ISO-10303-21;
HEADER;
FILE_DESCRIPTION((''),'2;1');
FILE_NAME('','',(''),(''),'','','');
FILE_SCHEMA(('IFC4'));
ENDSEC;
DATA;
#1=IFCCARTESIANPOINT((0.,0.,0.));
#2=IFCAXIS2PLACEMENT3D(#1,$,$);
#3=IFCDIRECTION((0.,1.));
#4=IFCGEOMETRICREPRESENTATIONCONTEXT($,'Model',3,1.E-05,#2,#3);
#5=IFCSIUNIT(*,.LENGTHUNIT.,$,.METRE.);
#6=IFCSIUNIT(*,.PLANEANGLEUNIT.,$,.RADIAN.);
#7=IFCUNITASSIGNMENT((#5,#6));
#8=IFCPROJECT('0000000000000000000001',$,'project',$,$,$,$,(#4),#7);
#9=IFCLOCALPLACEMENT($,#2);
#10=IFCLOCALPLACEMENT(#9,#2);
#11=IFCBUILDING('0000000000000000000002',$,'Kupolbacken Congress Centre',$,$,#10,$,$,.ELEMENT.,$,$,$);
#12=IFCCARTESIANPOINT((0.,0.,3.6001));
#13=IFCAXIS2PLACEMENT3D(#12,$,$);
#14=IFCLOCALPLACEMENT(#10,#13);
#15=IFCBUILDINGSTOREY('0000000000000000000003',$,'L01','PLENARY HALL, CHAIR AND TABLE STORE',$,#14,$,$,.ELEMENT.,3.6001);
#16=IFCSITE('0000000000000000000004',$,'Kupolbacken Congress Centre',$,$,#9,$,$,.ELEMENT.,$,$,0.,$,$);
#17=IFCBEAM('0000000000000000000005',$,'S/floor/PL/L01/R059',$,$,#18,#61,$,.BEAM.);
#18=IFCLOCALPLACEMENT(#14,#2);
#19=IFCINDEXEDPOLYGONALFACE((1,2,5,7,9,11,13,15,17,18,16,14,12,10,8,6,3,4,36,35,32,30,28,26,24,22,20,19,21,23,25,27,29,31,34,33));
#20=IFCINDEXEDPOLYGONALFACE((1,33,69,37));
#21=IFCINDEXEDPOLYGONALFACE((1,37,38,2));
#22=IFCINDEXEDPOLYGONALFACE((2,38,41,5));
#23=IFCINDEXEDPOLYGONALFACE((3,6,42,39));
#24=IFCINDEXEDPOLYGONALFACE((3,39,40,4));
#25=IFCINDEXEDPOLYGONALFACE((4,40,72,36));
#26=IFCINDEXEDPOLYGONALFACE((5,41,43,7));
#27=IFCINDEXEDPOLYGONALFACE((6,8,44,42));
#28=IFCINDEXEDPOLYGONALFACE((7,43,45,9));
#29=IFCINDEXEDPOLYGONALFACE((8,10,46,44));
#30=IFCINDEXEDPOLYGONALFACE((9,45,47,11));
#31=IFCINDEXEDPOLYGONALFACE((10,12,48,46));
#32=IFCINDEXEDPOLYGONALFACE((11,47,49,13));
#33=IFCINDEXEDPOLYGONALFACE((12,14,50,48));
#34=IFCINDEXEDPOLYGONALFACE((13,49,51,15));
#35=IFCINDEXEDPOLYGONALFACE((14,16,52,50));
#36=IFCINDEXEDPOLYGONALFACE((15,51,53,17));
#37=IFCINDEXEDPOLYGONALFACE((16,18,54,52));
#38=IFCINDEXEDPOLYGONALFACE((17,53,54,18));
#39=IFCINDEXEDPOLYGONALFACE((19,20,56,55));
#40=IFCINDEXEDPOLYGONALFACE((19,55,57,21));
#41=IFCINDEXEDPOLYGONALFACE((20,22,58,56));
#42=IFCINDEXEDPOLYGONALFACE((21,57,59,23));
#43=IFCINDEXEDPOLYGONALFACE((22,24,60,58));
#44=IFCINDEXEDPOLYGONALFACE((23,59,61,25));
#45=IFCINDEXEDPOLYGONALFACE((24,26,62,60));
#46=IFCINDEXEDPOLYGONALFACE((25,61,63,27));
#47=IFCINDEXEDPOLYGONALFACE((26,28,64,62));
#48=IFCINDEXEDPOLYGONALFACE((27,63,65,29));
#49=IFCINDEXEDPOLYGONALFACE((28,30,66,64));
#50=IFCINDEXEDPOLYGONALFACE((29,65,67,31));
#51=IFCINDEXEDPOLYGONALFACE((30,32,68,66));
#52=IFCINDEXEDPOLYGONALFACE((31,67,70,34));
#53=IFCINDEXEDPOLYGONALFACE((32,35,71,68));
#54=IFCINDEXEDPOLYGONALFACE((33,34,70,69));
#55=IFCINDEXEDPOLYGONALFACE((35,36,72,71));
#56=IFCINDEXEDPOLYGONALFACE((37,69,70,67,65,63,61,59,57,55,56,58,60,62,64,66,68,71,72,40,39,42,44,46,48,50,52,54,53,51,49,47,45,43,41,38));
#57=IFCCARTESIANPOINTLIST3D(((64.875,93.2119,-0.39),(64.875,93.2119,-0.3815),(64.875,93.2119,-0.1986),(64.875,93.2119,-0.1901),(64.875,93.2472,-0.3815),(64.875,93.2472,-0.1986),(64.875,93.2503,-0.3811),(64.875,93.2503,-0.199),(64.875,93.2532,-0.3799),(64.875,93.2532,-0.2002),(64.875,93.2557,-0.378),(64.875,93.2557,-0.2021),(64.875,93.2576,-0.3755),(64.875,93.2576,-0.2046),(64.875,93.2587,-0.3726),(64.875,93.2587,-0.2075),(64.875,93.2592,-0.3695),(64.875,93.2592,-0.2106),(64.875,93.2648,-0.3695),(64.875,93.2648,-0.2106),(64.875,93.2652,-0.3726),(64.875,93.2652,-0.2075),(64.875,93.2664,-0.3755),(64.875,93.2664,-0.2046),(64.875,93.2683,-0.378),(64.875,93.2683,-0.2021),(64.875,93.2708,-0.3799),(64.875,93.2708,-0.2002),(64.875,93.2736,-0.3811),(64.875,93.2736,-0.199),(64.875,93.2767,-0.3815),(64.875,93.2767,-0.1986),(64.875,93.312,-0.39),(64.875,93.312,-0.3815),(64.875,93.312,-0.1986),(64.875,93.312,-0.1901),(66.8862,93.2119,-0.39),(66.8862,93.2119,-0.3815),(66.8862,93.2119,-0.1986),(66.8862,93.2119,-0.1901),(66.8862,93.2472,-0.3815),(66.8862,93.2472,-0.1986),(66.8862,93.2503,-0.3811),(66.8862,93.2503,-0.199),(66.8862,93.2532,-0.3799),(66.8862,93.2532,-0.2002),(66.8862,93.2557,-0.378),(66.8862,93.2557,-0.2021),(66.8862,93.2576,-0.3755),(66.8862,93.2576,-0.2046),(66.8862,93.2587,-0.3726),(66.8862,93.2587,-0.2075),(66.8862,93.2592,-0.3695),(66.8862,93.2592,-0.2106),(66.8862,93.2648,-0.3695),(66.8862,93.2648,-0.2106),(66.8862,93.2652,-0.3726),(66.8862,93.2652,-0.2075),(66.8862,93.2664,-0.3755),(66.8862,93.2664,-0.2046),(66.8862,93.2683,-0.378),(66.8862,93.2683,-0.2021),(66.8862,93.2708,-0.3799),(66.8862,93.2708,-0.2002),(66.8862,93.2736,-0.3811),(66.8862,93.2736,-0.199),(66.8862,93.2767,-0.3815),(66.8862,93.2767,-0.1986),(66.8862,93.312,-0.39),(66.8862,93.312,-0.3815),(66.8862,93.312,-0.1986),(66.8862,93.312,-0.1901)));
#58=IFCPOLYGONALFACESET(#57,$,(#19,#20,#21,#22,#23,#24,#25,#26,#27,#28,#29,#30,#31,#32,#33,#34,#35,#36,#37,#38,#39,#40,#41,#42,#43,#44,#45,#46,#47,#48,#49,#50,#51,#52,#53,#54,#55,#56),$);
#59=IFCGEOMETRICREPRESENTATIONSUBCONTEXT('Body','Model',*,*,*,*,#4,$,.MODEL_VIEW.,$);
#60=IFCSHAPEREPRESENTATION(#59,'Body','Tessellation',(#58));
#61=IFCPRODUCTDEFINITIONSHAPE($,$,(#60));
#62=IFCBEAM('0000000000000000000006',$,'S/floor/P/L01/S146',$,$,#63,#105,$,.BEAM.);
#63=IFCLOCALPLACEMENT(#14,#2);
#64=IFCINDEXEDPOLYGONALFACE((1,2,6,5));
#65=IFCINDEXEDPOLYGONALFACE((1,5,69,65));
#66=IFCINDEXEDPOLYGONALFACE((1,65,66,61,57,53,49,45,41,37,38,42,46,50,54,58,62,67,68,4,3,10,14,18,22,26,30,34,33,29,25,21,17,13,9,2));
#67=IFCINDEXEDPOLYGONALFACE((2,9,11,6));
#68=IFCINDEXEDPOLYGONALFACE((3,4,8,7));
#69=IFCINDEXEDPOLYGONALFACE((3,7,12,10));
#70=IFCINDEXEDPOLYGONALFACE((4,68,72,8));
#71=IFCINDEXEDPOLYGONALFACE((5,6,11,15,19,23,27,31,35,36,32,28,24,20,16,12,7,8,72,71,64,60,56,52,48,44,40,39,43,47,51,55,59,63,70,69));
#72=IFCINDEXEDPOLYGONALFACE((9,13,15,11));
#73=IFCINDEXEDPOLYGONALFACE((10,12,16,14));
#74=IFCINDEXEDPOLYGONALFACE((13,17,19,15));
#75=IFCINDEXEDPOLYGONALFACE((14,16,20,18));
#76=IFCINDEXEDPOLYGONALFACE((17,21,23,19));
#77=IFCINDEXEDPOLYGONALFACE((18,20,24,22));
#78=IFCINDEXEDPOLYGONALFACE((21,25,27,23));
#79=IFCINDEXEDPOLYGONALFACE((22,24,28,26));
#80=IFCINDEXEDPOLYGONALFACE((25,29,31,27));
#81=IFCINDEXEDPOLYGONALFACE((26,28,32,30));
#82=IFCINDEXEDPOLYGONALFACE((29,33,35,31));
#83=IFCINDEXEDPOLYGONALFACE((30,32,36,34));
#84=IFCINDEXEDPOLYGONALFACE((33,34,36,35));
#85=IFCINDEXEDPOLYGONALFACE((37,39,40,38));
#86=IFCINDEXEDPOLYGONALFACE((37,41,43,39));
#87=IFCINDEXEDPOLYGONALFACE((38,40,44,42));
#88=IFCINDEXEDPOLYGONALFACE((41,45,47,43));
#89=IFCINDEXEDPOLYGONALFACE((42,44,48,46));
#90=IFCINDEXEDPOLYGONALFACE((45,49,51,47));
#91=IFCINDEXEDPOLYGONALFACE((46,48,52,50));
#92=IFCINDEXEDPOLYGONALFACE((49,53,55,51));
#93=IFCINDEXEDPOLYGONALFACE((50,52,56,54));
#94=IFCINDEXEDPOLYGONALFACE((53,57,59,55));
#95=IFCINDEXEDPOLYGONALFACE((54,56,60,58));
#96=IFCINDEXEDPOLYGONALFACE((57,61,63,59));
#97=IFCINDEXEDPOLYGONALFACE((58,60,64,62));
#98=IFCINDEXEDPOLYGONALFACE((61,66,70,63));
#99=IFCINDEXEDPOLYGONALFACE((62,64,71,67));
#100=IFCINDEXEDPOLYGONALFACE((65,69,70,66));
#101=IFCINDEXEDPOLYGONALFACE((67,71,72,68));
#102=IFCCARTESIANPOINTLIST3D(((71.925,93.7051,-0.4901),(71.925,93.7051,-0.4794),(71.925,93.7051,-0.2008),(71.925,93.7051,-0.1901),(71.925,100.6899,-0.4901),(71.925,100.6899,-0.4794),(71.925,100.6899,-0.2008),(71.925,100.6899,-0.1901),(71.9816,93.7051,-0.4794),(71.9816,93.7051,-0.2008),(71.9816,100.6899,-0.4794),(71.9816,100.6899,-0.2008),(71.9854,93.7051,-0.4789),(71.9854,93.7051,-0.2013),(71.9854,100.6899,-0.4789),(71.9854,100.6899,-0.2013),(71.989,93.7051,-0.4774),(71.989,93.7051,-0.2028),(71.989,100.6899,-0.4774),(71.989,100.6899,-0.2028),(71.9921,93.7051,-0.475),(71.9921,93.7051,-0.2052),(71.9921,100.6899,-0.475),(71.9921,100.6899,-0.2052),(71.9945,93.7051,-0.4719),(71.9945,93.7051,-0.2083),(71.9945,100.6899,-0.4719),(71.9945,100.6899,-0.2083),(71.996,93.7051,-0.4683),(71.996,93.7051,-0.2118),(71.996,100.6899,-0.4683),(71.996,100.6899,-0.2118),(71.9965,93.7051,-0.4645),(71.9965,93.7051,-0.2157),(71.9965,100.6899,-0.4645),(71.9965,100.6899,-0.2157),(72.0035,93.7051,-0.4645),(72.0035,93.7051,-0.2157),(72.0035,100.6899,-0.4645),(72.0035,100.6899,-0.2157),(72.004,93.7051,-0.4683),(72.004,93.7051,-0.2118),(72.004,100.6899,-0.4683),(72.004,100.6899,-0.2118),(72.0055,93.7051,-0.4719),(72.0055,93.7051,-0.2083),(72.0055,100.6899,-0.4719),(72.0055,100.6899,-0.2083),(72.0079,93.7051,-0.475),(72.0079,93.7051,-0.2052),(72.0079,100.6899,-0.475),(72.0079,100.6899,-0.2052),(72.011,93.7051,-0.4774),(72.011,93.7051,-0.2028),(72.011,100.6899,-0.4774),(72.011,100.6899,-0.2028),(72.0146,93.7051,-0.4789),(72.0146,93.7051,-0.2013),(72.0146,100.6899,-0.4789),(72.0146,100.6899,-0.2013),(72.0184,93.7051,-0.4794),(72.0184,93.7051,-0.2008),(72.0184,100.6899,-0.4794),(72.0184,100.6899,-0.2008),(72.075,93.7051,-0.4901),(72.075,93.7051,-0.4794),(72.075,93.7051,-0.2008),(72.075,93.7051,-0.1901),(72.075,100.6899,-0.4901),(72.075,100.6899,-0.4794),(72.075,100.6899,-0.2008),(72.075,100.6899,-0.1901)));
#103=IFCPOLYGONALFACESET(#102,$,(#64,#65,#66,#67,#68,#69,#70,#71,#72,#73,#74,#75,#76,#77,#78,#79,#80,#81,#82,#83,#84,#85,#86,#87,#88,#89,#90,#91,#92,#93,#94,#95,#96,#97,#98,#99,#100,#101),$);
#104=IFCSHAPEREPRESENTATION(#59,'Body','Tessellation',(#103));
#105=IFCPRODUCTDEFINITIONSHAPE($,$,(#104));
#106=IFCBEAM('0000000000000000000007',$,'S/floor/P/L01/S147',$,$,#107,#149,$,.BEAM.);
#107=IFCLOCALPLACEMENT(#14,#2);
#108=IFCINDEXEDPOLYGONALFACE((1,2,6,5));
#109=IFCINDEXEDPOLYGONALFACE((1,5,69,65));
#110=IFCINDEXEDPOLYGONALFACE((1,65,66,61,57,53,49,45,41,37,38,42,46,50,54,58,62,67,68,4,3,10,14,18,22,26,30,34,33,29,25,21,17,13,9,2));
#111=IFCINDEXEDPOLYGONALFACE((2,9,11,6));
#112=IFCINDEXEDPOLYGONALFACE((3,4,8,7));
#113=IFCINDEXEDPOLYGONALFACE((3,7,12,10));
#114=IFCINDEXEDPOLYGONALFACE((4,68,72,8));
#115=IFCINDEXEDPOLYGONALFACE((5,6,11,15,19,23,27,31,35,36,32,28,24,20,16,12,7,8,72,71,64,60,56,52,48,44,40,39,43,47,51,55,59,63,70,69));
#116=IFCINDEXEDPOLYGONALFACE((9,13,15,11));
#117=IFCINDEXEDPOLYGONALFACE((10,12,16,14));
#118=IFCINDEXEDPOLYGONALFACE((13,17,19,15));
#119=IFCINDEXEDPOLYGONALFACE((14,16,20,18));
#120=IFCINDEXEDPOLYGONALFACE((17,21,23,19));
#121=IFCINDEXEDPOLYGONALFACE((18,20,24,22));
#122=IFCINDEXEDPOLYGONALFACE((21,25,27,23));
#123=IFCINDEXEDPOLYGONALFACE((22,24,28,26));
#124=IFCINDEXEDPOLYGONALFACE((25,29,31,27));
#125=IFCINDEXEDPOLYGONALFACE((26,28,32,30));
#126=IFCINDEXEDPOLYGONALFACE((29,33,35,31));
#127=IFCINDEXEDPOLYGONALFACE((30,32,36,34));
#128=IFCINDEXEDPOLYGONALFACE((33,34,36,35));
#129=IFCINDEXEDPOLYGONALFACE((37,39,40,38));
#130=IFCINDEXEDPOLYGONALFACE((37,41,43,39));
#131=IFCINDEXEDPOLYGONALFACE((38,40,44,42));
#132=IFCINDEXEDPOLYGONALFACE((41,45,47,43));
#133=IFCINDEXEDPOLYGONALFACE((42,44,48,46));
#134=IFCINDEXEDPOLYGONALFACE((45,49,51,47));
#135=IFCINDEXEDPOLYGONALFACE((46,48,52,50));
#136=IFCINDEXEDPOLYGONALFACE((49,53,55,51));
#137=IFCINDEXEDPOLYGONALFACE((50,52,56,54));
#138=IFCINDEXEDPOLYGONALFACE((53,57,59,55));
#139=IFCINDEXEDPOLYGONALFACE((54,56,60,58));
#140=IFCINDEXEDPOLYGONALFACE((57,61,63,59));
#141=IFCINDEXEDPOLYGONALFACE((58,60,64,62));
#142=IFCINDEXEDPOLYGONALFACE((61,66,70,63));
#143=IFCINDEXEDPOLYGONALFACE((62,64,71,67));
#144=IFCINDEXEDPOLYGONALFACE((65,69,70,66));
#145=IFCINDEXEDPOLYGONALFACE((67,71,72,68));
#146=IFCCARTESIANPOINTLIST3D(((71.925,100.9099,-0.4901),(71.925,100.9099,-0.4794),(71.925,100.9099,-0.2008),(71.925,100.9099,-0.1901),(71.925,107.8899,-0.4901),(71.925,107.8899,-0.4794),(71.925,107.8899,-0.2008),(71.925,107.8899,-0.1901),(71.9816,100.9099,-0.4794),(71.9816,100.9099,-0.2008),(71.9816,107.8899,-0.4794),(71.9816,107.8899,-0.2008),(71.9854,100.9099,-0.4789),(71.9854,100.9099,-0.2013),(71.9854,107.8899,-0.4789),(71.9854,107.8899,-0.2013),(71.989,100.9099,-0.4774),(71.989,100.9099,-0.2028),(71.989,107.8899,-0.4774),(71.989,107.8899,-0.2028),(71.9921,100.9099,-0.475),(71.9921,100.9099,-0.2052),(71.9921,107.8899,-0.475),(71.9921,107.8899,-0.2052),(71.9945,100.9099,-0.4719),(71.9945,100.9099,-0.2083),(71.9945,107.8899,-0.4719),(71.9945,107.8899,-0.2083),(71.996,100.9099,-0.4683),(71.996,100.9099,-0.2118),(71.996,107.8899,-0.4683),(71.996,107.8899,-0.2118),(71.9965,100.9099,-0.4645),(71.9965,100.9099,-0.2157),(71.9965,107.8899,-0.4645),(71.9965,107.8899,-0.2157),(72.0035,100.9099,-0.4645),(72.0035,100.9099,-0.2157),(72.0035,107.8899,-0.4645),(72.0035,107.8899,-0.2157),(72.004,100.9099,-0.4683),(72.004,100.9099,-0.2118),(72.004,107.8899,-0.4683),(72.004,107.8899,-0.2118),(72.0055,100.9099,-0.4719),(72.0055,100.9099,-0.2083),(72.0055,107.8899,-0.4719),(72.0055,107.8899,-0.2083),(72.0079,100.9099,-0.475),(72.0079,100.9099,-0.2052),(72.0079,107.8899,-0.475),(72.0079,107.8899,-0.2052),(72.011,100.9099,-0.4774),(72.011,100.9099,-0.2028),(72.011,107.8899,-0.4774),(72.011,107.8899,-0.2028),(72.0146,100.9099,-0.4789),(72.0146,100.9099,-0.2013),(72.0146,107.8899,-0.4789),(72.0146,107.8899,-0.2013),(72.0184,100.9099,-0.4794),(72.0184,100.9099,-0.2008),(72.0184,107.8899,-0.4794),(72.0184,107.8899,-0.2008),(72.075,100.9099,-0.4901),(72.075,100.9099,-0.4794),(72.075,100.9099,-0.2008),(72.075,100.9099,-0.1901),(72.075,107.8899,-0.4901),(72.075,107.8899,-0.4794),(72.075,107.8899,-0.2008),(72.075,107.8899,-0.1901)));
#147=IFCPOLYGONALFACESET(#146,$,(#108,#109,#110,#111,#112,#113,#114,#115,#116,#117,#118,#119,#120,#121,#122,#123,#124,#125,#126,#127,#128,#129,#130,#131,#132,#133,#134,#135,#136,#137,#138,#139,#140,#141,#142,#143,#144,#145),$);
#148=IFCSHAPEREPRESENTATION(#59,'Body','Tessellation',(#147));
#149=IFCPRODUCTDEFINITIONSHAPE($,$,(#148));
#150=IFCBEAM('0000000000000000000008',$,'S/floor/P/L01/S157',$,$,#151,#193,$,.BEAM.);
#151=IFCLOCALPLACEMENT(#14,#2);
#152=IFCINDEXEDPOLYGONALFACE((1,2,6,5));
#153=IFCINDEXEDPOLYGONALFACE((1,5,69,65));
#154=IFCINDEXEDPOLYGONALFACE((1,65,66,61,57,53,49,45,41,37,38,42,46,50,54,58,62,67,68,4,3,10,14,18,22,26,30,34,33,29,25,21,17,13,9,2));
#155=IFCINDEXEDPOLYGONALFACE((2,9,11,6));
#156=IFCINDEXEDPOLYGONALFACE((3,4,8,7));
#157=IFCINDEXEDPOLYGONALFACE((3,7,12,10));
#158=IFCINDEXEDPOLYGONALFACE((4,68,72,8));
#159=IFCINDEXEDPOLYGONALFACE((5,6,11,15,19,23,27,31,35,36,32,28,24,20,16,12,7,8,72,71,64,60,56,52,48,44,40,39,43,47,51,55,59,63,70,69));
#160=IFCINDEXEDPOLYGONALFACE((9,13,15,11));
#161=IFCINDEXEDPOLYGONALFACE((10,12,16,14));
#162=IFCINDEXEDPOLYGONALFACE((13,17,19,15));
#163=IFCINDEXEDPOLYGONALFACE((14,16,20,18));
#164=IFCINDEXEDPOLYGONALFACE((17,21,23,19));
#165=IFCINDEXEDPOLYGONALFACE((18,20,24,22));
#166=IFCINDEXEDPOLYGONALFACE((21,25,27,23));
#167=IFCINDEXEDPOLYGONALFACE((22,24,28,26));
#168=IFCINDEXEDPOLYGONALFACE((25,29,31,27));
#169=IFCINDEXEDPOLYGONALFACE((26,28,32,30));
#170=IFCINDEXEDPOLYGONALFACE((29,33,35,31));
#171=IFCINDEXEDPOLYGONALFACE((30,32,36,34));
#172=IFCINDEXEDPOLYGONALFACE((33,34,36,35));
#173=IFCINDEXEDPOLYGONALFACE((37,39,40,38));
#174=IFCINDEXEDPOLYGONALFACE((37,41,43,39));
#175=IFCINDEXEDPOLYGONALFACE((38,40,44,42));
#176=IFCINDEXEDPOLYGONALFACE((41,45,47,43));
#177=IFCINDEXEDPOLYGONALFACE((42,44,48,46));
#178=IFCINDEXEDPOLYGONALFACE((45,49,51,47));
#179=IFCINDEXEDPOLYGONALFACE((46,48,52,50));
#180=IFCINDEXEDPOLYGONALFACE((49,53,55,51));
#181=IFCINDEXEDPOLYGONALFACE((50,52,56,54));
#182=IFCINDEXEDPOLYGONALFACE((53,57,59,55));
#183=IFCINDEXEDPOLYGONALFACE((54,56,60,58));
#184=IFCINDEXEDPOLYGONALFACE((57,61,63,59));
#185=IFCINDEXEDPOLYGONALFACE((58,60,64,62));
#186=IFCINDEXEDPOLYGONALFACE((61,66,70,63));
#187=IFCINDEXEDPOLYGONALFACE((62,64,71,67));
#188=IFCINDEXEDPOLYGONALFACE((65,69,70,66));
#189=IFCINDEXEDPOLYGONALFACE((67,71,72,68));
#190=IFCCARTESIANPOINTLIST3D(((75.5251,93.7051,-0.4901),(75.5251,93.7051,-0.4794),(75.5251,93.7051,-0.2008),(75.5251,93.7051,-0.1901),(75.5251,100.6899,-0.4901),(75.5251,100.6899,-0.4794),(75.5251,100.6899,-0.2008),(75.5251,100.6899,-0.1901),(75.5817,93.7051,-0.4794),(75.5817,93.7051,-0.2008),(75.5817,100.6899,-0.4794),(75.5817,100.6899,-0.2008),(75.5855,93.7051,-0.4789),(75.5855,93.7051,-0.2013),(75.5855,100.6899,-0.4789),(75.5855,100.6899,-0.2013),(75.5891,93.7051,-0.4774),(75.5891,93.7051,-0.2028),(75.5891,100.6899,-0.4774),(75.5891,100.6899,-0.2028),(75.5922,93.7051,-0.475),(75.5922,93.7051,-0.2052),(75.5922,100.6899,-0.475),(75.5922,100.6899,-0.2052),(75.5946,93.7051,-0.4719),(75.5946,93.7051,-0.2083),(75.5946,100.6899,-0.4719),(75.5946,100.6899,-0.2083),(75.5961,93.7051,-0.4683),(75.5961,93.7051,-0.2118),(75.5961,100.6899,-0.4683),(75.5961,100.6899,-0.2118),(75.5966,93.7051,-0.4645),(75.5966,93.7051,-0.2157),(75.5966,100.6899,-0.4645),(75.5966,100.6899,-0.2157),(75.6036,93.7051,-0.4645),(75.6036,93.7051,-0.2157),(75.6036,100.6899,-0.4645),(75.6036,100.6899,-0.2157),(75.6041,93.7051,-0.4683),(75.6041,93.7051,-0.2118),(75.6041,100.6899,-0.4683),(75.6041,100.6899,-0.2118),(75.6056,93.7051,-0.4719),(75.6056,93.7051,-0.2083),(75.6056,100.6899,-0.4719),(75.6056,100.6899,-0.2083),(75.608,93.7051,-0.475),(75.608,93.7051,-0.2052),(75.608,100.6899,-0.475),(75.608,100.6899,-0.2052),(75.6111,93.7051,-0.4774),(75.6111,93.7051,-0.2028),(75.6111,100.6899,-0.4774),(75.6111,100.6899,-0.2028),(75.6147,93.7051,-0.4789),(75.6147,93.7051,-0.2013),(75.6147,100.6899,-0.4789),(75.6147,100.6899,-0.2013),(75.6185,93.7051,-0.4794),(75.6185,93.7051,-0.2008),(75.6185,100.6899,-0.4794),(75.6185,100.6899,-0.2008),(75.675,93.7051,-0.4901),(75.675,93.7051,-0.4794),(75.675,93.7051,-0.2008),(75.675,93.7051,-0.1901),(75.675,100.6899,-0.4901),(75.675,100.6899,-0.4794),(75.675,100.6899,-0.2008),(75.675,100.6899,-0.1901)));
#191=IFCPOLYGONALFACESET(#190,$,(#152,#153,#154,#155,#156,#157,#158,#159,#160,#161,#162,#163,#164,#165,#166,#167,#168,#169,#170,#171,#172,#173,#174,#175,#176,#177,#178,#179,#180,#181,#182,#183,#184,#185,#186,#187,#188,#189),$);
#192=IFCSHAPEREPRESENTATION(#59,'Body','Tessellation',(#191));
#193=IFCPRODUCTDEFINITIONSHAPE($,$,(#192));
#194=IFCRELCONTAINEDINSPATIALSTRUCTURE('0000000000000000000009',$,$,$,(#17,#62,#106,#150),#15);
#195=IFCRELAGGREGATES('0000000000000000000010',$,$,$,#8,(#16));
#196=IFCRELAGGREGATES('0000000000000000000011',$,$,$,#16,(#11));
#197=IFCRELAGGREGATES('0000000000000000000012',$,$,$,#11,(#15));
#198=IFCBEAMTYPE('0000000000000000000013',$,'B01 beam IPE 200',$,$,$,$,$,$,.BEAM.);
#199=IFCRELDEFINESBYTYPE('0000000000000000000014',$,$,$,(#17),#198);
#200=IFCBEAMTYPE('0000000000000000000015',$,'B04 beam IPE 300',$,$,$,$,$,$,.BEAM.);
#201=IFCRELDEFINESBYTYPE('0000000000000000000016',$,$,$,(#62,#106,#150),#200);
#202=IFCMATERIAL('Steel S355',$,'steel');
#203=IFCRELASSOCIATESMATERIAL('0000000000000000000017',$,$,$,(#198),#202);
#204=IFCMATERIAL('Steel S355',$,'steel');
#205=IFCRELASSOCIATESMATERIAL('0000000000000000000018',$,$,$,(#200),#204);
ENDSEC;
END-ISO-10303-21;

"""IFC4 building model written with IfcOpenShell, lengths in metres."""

from ifc_helpers import new_model, si_unit, direction, frame, origin, origin_2d, place, context, subcontext, project, spatial, i_section, extrude, material, material_profile, profile_set, type_object, element, save


model = new_model("IFC4")

# Units and contexts
model_context = context("Model", 3, precision=1e-05, world=origin(), true_north=direction((0.0, 1.0)))
body_context = subcontext(model_context, "Body", "Model", "MODEL_VIEW")
ifc_project = project(units=[si_unit("LENGTHUNIT", "METRE"), si_unit("PLANEANGLEUNIT", "RADIAN")], contexts=[model_context])

# Site, building, storey
site_placement = place(None, origin())
site = spatial("IfcSite", under=ifc_project, at=site_placement, Name="Kupolbacken Congress Centre", CompositionType="ELEMENT", RefElevation=0.0)
building_placement = place(site_placement, origin())
building = spatial("IfcBuilding", under=site, at=building_placement, Name="Kupolbacken Congress Centre", CompositionType="ELEMENT")
storey_placement = place(building_placement, frame((0.0, 0.0, 3.6001)))
storey = spatial("IfcBuildingStorey", under=building, at=storey_placement, Name="L01", Description="PLENARY HALL, CHAIR AND TABLE STORE", CompositionType="ELEMENT", Elevation=3.6001)

# Beams
ifc_material_1 = material(Name="Steel S355", Category="steel")
ifc_material_profile_1 = material_profile(ifc_material_1, i_section(OverallWidth=0.1001, OverallDepth=0.2, WebThickness=0.0056, FlangeThickness=0.0085, FilletRadius=0.012, at=origin_2d()), Name="IPE 200")
ifc_profile_set_1 = profile_set([ifc_material_profile_1], Name="Steel S355")
beam_type_1 = type_object("IfcBeamType", Name="B01 beam IPE 200", PredefinedType="BEAM", material=ifc_profile_set_1)
beam_1_placement = place(storey_placement, frame((64.875, 93.262, -0.29), z_axis=(1.0, 0.0, 0.0), x_axis=(0.0, 1.0, 0.0)))
element("IfcBeam", 1, at=beam_1_placement, inside=storey, type_object=beam_type_1, Name="S/floor/PL/L01/R059", PredefinedType="BEAM", context=body_context, shape_type="SweptSolid", body=[
    extrude(i_section(OverallWidth=0.1001, OverallDepth=0.2, WebThickness=0.0056, FlangeThickness=0.0085, FilletRadius=0.012, at=origin_2d()), origin(), (0.0, 0.0, 1.0), 2.0112),
])
ifc_material_2 = material(Name="Steel S355", Category="steel")
ifc_material_profile_2 = material_profile(ifc_material_2, i_section(OverallWidth=0.1499, OverallDepth=0.3, WebThickness=0.0071, FlangeThickness=0.0107, FilletRadius=0.0149, at=origin_2d()), Name="IPE 300")
ifc_profile_set_2 = profile_set([ifc_material_profile_2], Name="Steel S355")
beam_type_2 = type_object("IfcBeamType", Name="B04 beam IPE 300", PredefinedType="BEAM", material=ifc_profile_set_2)
beam_2_placement = place(storey_placement, frame((72.0, 93.7051, -0.3401), z_axis=(0.0, 1.0, 0.0), x_axis=(-1.0, 0.0, 0.0)))
element("IfcBeam", 2, at=beam_2_placement, inside=storey, type_object=beam_type_2, Name="S/floor/P/L01/S146", PredefinedType="BEAM", context=body_context, shape_type="SweptSolid", body=[
    extrude(i_section(OverallWidth=0.1499, OverallDepth=0.3, WebThickness=0.0071, FlangeThickness=0.0107, FilletRadius=0.0149, at=origin_2d()), origin(), (0.0, 0.0, 1.0), 6.9849),
])
beam_3_placement = place(storey_placement, frame((72.0, 100.9099, -0.3401), z_axis=(0.0, 1.0, 0.0), x_axis=(-1.0, 0.0, 0.0)))
element("IfcBeam", 3, at=beam_3_placement, inside=storey, type_object=beam_type_2, Name="S/floor/P/L01/S147", PredefinedType="BEAM", context=body_context, shape_type="SweptSolid", body=[
    extrude(i_section(OverallWidth=0.1499, OverallDepth=0.3, WebThickness=0.0071, FlangeThickness=0.0107, FilletRadius=0.0149, at=origin_2d()), origin(), (0.0, 0.0, 1.0), 6.98),
])
beam_4_placement = place(storey_placement, frame((75.6001, 93.7051, -0.3401), z_axis=(0.0, 1.0, 0.0), x_axis=(-1.0, 0.0, 0.0)))
element("IfcBeam", 4, at=beam_4_placement, inside=storey, type_object=beam_type_2, Name="S/floor/P/L01/S157", PredefinedType="BEAM", context=body_context, shape_type="SweptSolid", body=[
    extrude(i_section(OverallWidth=0.1499, OverallDepth=0.3, WebThickness=0.0071, FlangeThickness=0.0107, FilletRadius=0.0149, at=origin_2d()), origin(), (0.0, 0.0, 1.0), 6.9849),
])

save(model, "model.ifc")
